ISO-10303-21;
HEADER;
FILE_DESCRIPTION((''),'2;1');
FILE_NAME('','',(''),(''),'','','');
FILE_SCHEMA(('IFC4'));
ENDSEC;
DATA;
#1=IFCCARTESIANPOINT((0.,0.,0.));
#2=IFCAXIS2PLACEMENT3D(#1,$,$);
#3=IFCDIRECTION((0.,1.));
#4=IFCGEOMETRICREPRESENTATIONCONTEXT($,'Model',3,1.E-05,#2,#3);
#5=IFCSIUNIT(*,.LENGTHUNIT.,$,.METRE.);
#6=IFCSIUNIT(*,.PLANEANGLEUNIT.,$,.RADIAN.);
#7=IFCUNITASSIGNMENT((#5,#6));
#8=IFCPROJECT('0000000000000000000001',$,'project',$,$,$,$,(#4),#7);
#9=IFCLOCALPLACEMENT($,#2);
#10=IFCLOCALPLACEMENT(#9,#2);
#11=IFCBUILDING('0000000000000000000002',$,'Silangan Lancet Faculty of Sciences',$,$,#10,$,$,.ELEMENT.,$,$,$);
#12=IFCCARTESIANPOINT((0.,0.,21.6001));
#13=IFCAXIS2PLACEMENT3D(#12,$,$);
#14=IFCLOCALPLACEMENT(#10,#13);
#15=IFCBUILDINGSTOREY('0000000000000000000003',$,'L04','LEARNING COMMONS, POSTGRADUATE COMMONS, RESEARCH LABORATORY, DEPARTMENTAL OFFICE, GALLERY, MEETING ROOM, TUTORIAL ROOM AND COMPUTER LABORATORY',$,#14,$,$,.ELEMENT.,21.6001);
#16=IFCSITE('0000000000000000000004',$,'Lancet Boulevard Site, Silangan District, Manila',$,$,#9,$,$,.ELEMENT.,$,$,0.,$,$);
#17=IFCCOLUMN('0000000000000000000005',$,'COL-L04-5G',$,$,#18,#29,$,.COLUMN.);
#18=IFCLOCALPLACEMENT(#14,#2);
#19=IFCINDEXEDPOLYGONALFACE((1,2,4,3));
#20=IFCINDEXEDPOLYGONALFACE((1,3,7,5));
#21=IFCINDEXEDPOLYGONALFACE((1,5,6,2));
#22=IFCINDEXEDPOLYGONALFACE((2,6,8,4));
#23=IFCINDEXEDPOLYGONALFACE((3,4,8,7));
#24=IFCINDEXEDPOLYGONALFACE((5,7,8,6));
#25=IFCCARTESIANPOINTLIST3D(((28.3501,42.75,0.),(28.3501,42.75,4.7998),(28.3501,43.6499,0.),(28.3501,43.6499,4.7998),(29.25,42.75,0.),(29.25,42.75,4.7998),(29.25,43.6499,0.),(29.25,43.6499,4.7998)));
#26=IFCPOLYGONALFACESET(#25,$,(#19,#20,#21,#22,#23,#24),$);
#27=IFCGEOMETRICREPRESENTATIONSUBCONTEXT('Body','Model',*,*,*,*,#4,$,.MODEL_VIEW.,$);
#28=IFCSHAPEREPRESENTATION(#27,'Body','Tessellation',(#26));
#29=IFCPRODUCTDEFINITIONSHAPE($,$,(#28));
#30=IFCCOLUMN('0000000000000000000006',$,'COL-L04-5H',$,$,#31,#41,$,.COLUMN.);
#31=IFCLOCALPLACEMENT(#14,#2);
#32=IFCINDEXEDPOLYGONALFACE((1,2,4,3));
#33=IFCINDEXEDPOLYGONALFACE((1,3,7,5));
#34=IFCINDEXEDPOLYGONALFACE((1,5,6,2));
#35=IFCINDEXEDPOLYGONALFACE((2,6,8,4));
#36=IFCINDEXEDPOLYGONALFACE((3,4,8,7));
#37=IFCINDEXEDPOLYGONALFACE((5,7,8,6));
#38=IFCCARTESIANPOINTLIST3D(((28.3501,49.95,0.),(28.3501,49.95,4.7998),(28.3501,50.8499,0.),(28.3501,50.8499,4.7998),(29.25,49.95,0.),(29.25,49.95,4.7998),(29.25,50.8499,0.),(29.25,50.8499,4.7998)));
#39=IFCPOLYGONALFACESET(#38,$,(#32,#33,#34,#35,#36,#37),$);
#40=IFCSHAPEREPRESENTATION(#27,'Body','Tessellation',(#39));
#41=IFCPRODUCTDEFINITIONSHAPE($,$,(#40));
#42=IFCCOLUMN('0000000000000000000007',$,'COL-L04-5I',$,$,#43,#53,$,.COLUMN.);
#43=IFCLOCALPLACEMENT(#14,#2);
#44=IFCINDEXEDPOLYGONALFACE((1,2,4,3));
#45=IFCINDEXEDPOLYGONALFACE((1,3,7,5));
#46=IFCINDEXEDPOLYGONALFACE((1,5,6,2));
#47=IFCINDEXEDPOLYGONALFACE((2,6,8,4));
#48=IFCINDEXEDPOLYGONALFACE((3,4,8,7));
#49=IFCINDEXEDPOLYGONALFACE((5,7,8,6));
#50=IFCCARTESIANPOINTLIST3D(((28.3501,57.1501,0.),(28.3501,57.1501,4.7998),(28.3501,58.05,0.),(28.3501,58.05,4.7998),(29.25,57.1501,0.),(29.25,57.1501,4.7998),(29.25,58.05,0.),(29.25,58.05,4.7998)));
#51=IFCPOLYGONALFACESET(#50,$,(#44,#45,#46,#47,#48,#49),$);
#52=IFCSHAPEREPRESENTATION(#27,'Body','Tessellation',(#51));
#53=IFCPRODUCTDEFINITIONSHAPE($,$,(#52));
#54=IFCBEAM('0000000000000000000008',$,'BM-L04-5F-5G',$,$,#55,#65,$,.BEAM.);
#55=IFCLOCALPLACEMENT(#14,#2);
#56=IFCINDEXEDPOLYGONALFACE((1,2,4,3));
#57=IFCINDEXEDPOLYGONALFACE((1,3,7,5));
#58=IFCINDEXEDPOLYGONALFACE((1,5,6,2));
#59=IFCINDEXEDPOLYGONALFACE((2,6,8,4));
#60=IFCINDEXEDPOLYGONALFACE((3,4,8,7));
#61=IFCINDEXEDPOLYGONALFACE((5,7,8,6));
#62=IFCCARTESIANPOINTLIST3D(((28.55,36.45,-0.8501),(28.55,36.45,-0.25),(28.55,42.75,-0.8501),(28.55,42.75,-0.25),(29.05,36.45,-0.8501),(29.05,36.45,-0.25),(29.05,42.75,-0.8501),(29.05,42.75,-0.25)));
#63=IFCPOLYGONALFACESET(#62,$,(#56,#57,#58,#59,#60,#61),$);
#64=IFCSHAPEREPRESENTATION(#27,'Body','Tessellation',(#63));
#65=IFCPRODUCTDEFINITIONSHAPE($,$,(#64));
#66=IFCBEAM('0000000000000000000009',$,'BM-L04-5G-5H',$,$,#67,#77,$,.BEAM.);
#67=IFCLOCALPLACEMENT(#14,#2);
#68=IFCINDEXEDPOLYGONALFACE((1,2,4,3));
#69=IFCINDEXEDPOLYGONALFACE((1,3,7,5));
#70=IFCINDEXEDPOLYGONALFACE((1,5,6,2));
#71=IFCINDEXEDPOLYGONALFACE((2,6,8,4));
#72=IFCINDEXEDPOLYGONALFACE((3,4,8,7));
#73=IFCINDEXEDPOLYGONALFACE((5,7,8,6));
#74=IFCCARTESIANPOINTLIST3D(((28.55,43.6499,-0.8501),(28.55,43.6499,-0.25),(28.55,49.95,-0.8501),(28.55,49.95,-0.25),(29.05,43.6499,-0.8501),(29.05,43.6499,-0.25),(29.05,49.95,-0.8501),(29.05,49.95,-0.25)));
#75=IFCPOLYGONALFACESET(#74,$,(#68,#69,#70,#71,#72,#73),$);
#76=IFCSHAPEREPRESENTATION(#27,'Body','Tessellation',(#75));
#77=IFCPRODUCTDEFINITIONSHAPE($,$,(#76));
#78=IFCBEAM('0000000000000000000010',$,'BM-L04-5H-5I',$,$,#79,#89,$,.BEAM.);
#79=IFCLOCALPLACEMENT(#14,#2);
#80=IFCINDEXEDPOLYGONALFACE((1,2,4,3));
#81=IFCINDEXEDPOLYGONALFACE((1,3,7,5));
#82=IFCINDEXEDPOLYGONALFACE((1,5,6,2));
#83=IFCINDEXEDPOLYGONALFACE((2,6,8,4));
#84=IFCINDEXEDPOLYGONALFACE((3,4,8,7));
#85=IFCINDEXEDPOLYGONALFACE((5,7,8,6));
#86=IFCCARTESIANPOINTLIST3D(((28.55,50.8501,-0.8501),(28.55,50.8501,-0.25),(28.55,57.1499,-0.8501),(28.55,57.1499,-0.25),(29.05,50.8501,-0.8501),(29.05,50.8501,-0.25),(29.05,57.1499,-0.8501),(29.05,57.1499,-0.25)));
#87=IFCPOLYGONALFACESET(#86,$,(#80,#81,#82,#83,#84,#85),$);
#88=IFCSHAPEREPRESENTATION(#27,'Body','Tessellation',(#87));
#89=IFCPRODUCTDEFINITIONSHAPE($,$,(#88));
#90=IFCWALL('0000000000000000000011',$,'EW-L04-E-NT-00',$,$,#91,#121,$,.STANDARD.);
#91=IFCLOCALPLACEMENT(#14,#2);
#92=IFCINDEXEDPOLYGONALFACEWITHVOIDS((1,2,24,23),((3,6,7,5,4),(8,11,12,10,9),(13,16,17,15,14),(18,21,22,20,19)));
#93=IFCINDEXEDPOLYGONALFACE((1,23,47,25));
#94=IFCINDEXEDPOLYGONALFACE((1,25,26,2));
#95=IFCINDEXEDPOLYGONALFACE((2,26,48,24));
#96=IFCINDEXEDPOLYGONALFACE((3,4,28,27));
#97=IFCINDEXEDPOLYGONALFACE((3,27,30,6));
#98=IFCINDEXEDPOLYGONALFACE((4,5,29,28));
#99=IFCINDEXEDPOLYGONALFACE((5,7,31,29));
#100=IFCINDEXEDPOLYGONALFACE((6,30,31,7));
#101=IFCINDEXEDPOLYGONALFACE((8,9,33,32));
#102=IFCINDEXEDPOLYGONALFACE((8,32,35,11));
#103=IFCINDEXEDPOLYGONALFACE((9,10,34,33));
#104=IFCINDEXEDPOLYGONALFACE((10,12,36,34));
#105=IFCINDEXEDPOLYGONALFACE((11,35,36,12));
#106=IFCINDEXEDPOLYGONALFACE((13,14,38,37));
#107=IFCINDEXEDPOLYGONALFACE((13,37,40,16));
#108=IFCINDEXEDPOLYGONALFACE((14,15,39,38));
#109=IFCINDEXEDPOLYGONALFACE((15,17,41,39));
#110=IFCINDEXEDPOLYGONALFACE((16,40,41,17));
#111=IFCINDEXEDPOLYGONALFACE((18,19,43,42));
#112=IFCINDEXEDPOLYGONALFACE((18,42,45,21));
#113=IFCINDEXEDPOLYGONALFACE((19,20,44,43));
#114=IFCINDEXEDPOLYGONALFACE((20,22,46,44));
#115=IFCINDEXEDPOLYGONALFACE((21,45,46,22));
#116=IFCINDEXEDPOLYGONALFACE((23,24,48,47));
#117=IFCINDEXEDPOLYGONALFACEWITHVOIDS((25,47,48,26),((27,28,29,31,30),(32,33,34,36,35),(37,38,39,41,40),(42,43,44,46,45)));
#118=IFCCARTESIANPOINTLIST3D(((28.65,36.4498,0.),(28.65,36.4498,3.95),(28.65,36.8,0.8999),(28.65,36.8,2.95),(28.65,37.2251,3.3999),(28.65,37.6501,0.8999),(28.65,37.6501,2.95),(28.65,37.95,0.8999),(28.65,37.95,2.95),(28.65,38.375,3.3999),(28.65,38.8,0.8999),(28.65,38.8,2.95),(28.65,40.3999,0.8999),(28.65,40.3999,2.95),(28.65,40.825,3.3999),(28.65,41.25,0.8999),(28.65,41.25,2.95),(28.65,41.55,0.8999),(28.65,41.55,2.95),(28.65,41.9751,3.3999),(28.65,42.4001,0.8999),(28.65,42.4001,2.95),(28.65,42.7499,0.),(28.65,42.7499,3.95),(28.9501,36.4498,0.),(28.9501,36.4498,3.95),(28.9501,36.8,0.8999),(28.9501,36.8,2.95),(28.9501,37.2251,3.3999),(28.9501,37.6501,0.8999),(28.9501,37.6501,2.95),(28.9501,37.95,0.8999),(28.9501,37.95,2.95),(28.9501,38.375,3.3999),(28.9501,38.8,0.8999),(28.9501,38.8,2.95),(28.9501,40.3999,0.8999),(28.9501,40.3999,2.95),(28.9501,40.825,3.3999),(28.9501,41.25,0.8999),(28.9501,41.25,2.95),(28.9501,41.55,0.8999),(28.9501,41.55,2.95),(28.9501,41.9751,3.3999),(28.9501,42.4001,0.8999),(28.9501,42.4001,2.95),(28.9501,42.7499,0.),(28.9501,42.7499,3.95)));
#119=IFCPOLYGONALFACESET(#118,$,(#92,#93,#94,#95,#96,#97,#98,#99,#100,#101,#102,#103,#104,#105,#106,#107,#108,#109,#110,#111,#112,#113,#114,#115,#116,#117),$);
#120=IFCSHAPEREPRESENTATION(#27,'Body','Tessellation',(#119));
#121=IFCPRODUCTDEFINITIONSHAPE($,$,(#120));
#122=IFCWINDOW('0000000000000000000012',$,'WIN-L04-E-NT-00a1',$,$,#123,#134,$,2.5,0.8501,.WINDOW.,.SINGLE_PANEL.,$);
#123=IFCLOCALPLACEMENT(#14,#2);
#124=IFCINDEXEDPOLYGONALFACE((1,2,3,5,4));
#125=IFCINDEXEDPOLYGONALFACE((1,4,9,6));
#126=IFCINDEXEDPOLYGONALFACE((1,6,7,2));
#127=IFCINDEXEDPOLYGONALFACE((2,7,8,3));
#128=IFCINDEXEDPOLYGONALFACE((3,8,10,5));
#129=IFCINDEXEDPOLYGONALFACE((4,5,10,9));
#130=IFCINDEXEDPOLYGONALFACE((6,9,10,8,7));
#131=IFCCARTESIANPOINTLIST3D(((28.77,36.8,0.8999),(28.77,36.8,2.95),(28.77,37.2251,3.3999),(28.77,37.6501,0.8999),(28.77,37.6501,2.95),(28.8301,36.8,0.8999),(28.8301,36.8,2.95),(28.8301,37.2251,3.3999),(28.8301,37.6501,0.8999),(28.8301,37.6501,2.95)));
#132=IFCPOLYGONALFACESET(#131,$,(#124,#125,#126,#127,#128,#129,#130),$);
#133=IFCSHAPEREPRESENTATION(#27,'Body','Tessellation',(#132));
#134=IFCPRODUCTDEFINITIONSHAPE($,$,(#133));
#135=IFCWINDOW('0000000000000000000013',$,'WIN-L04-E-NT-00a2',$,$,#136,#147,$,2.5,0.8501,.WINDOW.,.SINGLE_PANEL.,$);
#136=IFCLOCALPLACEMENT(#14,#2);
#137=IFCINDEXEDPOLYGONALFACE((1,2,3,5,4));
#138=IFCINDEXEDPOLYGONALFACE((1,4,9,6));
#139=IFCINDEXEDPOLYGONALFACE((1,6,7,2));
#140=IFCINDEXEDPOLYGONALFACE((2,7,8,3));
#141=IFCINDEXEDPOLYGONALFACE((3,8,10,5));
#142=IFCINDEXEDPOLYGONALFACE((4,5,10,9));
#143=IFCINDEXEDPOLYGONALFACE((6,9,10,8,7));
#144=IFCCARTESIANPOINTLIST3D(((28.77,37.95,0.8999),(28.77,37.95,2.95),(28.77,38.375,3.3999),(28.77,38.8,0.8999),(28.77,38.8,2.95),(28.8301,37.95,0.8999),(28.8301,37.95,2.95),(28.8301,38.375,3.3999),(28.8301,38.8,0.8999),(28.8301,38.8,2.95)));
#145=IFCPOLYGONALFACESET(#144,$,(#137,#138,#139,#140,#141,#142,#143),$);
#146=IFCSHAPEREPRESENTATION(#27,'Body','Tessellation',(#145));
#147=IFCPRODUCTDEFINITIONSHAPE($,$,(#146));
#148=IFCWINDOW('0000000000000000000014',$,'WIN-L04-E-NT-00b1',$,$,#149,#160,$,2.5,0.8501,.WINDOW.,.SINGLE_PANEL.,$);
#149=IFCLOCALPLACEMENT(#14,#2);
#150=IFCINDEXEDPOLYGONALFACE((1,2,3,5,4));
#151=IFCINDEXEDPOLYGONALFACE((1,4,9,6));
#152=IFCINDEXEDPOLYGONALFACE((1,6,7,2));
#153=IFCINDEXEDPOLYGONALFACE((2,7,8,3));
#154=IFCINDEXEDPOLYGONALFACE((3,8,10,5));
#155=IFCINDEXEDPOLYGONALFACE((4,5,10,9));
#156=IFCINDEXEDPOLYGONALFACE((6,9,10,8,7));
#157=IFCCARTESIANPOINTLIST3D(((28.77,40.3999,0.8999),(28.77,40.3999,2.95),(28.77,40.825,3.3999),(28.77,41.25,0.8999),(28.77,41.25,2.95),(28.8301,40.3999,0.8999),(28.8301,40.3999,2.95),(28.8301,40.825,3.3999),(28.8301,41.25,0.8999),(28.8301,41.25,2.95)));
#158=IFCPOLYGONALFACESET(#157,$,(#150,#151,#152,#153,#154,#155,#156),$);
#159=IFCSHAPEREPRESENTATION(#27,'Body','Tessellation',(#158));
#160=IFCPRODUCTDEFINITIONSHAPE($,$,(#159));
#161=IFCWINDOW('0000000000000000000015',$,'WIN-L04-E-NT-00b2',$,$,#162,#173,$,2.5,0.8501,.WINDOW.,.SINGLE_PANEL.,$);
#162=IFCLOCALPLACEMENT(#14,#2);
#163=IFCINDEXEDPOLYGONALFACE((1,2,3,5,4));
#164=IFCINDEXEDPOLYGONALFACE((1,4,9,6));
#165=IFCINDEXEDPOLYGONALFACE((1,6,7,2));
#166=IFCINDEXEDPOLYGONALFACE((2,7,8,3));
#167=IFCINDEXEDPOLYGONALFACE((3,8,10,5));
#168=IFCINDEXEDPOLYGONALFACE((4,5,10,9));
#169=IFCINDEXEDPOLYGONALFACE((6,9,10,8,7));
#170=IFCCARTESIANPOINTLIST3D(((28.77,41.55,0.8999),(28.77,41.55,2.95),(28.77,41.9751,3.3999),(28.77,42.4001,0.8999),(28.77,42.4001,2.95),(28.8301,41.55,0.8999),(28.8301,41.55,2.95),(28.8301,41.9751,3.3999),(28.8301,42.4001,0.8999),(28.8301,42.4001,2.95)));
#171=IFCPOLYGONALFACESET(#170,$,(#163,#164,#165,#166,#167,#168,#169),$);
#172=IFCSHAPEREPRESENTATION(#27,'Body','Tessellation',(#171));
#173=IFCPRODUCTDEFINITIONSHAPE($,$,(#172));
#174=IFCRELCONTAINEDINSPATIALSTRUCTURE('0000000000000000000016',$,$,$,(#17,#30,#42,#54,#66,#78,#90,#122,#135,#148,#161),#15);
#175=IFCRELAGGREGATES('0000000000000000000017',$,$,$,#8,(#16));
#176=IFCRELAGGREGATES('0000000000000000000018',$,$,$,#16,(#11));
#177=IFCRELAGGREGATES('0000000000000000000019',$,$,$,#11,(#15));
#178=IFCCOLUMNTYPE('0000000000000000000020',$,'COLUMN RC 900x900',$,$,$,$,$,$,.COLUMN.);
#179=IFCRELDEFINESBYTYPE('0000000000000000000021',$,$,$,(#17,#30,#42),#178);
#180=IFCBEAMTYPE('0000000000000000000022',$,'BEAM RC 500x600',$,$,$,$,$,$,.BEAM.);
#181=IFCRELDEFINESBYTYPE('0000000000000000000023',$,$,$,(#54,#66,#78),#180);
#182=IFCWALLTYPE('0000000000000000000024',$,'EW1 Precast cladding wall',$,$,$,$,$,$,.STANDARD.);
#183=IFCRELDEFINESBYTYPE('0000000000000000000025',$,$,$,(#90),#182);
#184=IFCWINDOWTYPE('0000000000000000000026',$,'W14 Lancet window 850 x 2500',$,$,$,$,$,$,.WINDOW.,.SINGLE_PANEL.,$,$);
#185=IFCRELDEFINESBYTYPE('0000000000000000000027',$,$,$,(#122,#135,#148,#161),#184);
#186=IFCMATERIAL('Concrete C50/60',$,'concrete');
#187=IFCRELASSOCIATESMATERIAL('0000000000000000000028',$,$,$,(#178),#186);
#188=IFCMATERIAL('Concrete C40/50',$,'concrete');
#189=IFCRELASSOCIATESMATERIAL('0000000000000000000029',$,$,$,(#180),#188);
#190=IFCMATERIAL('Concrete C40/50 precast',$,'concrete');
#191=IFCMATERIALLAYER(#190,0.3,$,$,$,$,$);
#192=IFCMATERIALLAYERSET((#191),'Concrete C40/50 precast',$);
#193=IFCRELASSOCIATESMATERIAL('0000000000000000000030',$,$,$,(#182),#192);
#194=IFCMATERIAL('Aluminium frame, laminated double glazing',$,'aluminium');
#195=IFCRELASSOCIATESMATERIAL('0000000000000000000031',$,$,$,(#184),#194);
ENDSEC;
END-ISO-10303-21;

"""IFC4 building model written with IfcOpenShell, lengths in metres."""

from ifc_helpers import new_model, si_unit, direction, frame, frame_2d, origin, origin_2d, place, context, subcontext, project, spatial, polyline, rectangle, outline, extrude, material, layer, layer_set, material_profile, profile_set, type_object, element, fill, save


model = new_model("IFC4")

# Units and contexts
model_context = context("Model", 3, precision=1e-05, world=origin(), true_north=direction((0.0, 1.0)))
body_context = subcontext(model_context, "Body", "Model", "MODEL_VIEW")
ifc_project = project(units=[si_unit("LENGTHUNIT", "METRE"), si_unit("PLANEANGLEUNIT", "RADIAN")], contexts=[model_context])

# Site, building, storey
site_placement = place(None, origin())
site = spatial("IfcSite", under=ifc_project, at=site_placement, Name="Lancet Boulevard Site, Silangan District, Manila", CompositionType="ELEMENT", RefElevation=0.0)
building_placement = place(site_placement, origin())
building = spatial("IfcBuilding", under=site, at=building_placement, Name="Silangan Lancet Faculty of Sciences", CompositionType="ELEMENT")
storey_placement = place(building_placement, frame((0.0, 0.0, 21.6001)))
storey = spatial("IfcBuildingStorey", under=building, at=storey_placement, Name="L04", Description="LEARNING COMMONS, POSTGRADUATE COMMONS, RESEARCH LABORATORY, DEPARTMENTAL OFFICE, GALLERY, MEETING ROOM, TUTORIAL ROOM AND COMPUTER LABORATORY", CompositionType="ELEMENT", Elevation=21.6001)

# Columns
ifc_material_1 = material(Name="Concrete C50/60", Category="concrete")
ifc_material_profile_1 = material_profile(ifc_material_1, rectangle(XDim=0.8999, YDim=0.8999, at=origin_2d()), Name="RC 900x900")
ifc_profile_set_1 = profile_set([ifc_material_profile_1], Name="Concrete C50/60")
column_type = type_object("IfcColumnType", Name="COLUMN RC 900x900", PredefinedType="COLUMN", material=ifc_profile_set_1)
for number, where, z_axis, x_axis, name in (
    (1, (28.8, 43.2, 0.0), (0.0, 0.0, 1.0), (1.0, 0.0, 0.0), "COL-L04-5G"),
    (2, (28.8, 50.3999, 0.0), (0.0, 0.0, 1.0), (1.0, 0.0, 0.0), "COL-L04-5H"),
    (3, (28.8, 57.6001, 0.0), (0.0, 0.0, 1.0), (1.0, 0.0, 0.0), "COL-L04-5I"),
):
    element("IfcColumn", number, at=place(storey_placement, frame(where, z_axis=z_axis, x_axis=x_axis)), inside=storey, type_object=column_type, Name=name, PredefinedType="COLUMN", context=body_context, shape_type="SweptSolid", body=[
        extrude(rectangle(XDim=0.8999, YDim=0.8999, at=origin_2d()), origin(), (0.0, 0.0, 1.0), 4.7998),
    ])

# Beams
ifc_material_2 = material(Name="Concrete C40/50", Category="concrete")
ifc_material_profile_2 = material_profile(ifc_material_2, rectangle(XDim=0.5, YDim=0.6001, at=origin_2d()), Name="RC 500x600")
ifc_profile_set_2 = profile_set([ifc_material_profile_2], Name="Concrete C40/50")
beam_type = type_object("IfcBeamType", Name="BEAM RC 500x600", PredefinedType="BEAM", material=ifc_profile_set_2)
for number, where, z_axis, x_axis, name in (
    (4, (28.8, 36.45, -0.55), (0.0, 1.0, 0.0), (-1.0, 0.0, 0.0), "BM-L04-5F-5G"),
    (5, (28.8, 43.6499, -0.55), (0.0, 1.0, 0.0), (-1.0, 0.0, 0.0), "BM-L04-5G-5H"),
):
    element("IfcBeam", number, at=place(storey_placement, frame(where, z_axis=z_axis, x_axis=x_axis)), inside=storey, type_object=beam_type, Name=name, PredefinedType="BEAM", context=body_context, shape_type="SweptSolid", body=[
        extrude(rectangle(XDim=0.5, YDim=0.6001, at=origin_2d()), origin(), (0.0, 0.0, 1.0), 6.3),
    ])
beam_placement = place(storey_placement, frame((28.8, 50.8501, -0.55), z_axis=(0.0, 1.0, 0.0), x_axis=(-1.0, 0.0, 0.0)))
element("IfcBeam", 6, at=beam_placement, inside=storey, type_object=beam_type, Name="BM-L04-5H-5I", PredefinedType="BEAM", context=body_context, shape_type="SweptSolid", body=[
    extrude(rectangle(XDim=0.5, YDim=0.6001, at=origin_2d()), origin(), (0.0, 0.0, 1.0), 6.2998),
])

# Wall, openings, windows
ifc_material_3 = material(Name="Concrete C40/50 precast", Category="concrete")
ifc_layer_1 = layer(ifc_material_3, 0.3)
ifc_layer_set_1 = layer_set([ifc_layer_1], Name="Concrete C40/50 precast")
wall_type_1 = type_object("IfcWallType", Name="EW1 Precast cladding wall", PredefinedType="STANDARD", material=ifc_layer_set_1)
wall_1_placement = place(storey_placement, frame((28.8, 36.45, 0.0), z_axis=(0.0, 0.0, 1.0), x_axis=(0.0, 1.0, 0.0)))
wall_1 = element("IfcWall", 7, at=wall_1_placement, inside=storey, type_object=wall_type_1, Name="EW-L04-E-NT-00", PredefinedType="STANDARD", context=body_context, shape_type="SweptSolid", body=[
    extrude(rectangle(XDim=6.3, YDim=0.3, at=frame_2d((3.1499, 0.0))), origin(), (0.0, 0.0, 1.0), 3.95),
])
opening_1_placement = place(wall_1_placement, frame((0.3501, 0.0, 0.8999)))
opening_1 = element("IfcOpeningElement", 8, at=opening_1_placement, cuts=wall_1, PredefinedType="OPENING", context=body_context, shape_type="SweptSolid", body=[
    extrude(outline(polyline([(0.0, 0.0), (0.8501, 0.0), (0.8501, 2.05), (0.425, 2.5), (0.0, 2.05), (0.0, 0.0)])), frame((0.0, 0.1599, 0.0), z_axis=(0.0, -1.0, 0.0), x_axis=(1.0, 0.0, 0.0)), (0.0, 0.0, 1.0), 0.3201),
])
opening_2_placement = place(wall_1_placement, frame((1.5, 0.0, 0.8999)))
opening_2 = element("IfcOpeningElement", 9, at=opening_2_placement, cuts=wall_1, PredefinedType="OPENING", context=body_context, shape_type="SweptSolid", body=[
    extrude(outline(polyline([(0.0, 0.0), (0.8501, 0.0), (0.8501, 2.05), (0.425, 2.5), (0.0, 2.05), (0.0, 0.0)])), frame((0.0, 0.1599, 0.0), z_axis=(0.0, -1.0, 0.0), x_axis=(1.0, 0.0, 0.0)), (0.0, 0.0, 1.0), 0.3201),
])
opening_3_placement = place(wall_1_placement, frame((3.95, 0.0, 0.8999)))
opening_3 = element("IfcOpeningElement", 10, at=opening_3_placement, cuts=wall_1, PredefinedType="OPENING", context=body_context, shape_type="SweptSolid", body=[
    extrude(outline(polyline([(0.0, 0.0), (0.8501, 0.0), (0.8501, 2.05), (0.425, 2.5), (0.0, 2.05), (0.0, 0.0)])), frame((0.0, 0.1599, 0.0), z_axis=(0.0, -1.0, 0.0), x_axis=(1.0, 0.0, 0.0)), (0.0, 0.0, 1.0), 0.3201),
])
opening_4_placement = place(wall_1_placement, frame((5.1001, 0.0, 0.8999)))
opening_4 = element("IfcOpeningElement", 11, at=opening_4_placement, cuts=wall_1, PredefinedType="OPENING", context=body_context, shape_type="SweptSolid", body=[
    extrude(outline(polyline([(0.0, 0.0), (0.8501, 0.0), (0.8501, 2.05), (0.425, 2.5), (0.0, 2.05), (0.0, 0.0)])), frame((0.0, 0.1599, 0.0), z_axis=(0.0, -1.0, 0.0), x_axis=(1.0, 0.0, 0.0)), (0.0, 0.0, 1.0), 0.3201),
])
ifc_material_4 = material(Name="Aluminium frame, laminated double glazing", Category="aluminium")
window_type_1 = type_object("IfcWindowType", Name="W14 Lancet window 850 x 2500", PartitioningType="SINGLE_PANEL", PredefinedType="WINDOW", material=ifc_material_4)
window_1_placement = place(opening_1_placement, origin())
window_1 = element("IfcWindow", 12, at=window_1_placement, inside=storey, type_object=window_type_1, Name="WIN-L04-E-NT-00a1", OverallHeight=2.5, OverallWidth=0.8501, PartitioningType="SINGLE_PANEL", PredefinedType="WINDOW", context=body_context, shape_type="SweptSolid", body=[
    extrude(outline(polyline([(0.0, 0.0), (0.8501, 0.0), (0.8501, 2.05), (0.425, 2.5), (0.0, 2.05), (0.0, 0.0)])), frame((0.0, 0.03, 0.0), z_axis=(0.0, -1.0, 0.0), x_axis=(1.0, 0.0, 0.0)), (0.0, 0.0, 1.0), 0.0601),
])
fill(opening_1, window_1)
window_2_placement = place(opening_2_placement, origin())
window_2 = element("IfcWindow", 13, at=window_2_placement, inside=storey, type_object=window_type_1, Name="WIN-L04-E-NT-00a2", OverallHeight=2.5, OverallWidth=0.8501, PartitioningType="SINGLE_PANEL", PredefinedType="WINDOW", context=body_context, shape_type="SweptSolid", body=[
    extrude(outline(polyline([(0.0, 0.0), (0.8501, 0.0), (0.8501, 2.05), (0.425, 2.5), (0.0, 2.05), (0.0, 0.0)])), frame((0.0, 0.03, 0.0), z_axis=(0.0, -1.0, 0.0), x_axis=(1.0, 0.0, 0.0)), (0.0, 0.0, 1.0), 0.0601),
])
fill(opening_2, window_2)
window_3_placement = place(opening_3_placement, origin())
window_3 = element("IfcWindow", 14, at=window_3_placement, inside=storey, type_object=window_type_1, Name="WIN-L04-E-NT-00b1", OverallHeight=2.5, OverallWidth=0.8501, PartitioningType="SINGLE_PANEL", PredefinedType="WINDOW", context=body_context, shape_type="SweptSolid", body=[
    extrude(outline(polyline([(0.0, 0.0), (0.8501, 0.0), (0.8501, 2.05), (0.425, 2.5), (0.0, 2.05), (0.0, 0.0)])), frame((0.0, 0.03, 0.0), z_axis=(0.0, -1.0, 0.0), x_axis=(1.0, 0.0, 0.0)), (0.0, 0.0, 1.0), 0.0601),
])
fill(opening_3, window_3)
window_4_placement = place(opening_4_placement, origin())
window_4 = element("IfcWindow", 15, at=window_4_placement, inside=storey, type_object=window_type_1, Name="WIN-L04-E-NT-00b2", OverallHeight=2.5, OverallWidth=0.8501, PartitioningType="SINGLE_PANEL", PredefinedType="WINDOW", context=body_context, shape_type="SweptSolid", body=[
    extrude(outline(polyline([(0.0, 0.0), (0.8501, 0.0), (0.8501, 2.05), (0.425, 2.5), (0.0, 2.05), (0.0, 0.0)])), frame((0.0, 0.03, 0.0), z_axis=(0.0, -1.0, 0.0), x_axis=(1.0, 0.0, 0.0)), (0.0, 0.0, 1.0), 0.0601),
])
fill(opening_4, window_4)

save(model, "model.ifc")
